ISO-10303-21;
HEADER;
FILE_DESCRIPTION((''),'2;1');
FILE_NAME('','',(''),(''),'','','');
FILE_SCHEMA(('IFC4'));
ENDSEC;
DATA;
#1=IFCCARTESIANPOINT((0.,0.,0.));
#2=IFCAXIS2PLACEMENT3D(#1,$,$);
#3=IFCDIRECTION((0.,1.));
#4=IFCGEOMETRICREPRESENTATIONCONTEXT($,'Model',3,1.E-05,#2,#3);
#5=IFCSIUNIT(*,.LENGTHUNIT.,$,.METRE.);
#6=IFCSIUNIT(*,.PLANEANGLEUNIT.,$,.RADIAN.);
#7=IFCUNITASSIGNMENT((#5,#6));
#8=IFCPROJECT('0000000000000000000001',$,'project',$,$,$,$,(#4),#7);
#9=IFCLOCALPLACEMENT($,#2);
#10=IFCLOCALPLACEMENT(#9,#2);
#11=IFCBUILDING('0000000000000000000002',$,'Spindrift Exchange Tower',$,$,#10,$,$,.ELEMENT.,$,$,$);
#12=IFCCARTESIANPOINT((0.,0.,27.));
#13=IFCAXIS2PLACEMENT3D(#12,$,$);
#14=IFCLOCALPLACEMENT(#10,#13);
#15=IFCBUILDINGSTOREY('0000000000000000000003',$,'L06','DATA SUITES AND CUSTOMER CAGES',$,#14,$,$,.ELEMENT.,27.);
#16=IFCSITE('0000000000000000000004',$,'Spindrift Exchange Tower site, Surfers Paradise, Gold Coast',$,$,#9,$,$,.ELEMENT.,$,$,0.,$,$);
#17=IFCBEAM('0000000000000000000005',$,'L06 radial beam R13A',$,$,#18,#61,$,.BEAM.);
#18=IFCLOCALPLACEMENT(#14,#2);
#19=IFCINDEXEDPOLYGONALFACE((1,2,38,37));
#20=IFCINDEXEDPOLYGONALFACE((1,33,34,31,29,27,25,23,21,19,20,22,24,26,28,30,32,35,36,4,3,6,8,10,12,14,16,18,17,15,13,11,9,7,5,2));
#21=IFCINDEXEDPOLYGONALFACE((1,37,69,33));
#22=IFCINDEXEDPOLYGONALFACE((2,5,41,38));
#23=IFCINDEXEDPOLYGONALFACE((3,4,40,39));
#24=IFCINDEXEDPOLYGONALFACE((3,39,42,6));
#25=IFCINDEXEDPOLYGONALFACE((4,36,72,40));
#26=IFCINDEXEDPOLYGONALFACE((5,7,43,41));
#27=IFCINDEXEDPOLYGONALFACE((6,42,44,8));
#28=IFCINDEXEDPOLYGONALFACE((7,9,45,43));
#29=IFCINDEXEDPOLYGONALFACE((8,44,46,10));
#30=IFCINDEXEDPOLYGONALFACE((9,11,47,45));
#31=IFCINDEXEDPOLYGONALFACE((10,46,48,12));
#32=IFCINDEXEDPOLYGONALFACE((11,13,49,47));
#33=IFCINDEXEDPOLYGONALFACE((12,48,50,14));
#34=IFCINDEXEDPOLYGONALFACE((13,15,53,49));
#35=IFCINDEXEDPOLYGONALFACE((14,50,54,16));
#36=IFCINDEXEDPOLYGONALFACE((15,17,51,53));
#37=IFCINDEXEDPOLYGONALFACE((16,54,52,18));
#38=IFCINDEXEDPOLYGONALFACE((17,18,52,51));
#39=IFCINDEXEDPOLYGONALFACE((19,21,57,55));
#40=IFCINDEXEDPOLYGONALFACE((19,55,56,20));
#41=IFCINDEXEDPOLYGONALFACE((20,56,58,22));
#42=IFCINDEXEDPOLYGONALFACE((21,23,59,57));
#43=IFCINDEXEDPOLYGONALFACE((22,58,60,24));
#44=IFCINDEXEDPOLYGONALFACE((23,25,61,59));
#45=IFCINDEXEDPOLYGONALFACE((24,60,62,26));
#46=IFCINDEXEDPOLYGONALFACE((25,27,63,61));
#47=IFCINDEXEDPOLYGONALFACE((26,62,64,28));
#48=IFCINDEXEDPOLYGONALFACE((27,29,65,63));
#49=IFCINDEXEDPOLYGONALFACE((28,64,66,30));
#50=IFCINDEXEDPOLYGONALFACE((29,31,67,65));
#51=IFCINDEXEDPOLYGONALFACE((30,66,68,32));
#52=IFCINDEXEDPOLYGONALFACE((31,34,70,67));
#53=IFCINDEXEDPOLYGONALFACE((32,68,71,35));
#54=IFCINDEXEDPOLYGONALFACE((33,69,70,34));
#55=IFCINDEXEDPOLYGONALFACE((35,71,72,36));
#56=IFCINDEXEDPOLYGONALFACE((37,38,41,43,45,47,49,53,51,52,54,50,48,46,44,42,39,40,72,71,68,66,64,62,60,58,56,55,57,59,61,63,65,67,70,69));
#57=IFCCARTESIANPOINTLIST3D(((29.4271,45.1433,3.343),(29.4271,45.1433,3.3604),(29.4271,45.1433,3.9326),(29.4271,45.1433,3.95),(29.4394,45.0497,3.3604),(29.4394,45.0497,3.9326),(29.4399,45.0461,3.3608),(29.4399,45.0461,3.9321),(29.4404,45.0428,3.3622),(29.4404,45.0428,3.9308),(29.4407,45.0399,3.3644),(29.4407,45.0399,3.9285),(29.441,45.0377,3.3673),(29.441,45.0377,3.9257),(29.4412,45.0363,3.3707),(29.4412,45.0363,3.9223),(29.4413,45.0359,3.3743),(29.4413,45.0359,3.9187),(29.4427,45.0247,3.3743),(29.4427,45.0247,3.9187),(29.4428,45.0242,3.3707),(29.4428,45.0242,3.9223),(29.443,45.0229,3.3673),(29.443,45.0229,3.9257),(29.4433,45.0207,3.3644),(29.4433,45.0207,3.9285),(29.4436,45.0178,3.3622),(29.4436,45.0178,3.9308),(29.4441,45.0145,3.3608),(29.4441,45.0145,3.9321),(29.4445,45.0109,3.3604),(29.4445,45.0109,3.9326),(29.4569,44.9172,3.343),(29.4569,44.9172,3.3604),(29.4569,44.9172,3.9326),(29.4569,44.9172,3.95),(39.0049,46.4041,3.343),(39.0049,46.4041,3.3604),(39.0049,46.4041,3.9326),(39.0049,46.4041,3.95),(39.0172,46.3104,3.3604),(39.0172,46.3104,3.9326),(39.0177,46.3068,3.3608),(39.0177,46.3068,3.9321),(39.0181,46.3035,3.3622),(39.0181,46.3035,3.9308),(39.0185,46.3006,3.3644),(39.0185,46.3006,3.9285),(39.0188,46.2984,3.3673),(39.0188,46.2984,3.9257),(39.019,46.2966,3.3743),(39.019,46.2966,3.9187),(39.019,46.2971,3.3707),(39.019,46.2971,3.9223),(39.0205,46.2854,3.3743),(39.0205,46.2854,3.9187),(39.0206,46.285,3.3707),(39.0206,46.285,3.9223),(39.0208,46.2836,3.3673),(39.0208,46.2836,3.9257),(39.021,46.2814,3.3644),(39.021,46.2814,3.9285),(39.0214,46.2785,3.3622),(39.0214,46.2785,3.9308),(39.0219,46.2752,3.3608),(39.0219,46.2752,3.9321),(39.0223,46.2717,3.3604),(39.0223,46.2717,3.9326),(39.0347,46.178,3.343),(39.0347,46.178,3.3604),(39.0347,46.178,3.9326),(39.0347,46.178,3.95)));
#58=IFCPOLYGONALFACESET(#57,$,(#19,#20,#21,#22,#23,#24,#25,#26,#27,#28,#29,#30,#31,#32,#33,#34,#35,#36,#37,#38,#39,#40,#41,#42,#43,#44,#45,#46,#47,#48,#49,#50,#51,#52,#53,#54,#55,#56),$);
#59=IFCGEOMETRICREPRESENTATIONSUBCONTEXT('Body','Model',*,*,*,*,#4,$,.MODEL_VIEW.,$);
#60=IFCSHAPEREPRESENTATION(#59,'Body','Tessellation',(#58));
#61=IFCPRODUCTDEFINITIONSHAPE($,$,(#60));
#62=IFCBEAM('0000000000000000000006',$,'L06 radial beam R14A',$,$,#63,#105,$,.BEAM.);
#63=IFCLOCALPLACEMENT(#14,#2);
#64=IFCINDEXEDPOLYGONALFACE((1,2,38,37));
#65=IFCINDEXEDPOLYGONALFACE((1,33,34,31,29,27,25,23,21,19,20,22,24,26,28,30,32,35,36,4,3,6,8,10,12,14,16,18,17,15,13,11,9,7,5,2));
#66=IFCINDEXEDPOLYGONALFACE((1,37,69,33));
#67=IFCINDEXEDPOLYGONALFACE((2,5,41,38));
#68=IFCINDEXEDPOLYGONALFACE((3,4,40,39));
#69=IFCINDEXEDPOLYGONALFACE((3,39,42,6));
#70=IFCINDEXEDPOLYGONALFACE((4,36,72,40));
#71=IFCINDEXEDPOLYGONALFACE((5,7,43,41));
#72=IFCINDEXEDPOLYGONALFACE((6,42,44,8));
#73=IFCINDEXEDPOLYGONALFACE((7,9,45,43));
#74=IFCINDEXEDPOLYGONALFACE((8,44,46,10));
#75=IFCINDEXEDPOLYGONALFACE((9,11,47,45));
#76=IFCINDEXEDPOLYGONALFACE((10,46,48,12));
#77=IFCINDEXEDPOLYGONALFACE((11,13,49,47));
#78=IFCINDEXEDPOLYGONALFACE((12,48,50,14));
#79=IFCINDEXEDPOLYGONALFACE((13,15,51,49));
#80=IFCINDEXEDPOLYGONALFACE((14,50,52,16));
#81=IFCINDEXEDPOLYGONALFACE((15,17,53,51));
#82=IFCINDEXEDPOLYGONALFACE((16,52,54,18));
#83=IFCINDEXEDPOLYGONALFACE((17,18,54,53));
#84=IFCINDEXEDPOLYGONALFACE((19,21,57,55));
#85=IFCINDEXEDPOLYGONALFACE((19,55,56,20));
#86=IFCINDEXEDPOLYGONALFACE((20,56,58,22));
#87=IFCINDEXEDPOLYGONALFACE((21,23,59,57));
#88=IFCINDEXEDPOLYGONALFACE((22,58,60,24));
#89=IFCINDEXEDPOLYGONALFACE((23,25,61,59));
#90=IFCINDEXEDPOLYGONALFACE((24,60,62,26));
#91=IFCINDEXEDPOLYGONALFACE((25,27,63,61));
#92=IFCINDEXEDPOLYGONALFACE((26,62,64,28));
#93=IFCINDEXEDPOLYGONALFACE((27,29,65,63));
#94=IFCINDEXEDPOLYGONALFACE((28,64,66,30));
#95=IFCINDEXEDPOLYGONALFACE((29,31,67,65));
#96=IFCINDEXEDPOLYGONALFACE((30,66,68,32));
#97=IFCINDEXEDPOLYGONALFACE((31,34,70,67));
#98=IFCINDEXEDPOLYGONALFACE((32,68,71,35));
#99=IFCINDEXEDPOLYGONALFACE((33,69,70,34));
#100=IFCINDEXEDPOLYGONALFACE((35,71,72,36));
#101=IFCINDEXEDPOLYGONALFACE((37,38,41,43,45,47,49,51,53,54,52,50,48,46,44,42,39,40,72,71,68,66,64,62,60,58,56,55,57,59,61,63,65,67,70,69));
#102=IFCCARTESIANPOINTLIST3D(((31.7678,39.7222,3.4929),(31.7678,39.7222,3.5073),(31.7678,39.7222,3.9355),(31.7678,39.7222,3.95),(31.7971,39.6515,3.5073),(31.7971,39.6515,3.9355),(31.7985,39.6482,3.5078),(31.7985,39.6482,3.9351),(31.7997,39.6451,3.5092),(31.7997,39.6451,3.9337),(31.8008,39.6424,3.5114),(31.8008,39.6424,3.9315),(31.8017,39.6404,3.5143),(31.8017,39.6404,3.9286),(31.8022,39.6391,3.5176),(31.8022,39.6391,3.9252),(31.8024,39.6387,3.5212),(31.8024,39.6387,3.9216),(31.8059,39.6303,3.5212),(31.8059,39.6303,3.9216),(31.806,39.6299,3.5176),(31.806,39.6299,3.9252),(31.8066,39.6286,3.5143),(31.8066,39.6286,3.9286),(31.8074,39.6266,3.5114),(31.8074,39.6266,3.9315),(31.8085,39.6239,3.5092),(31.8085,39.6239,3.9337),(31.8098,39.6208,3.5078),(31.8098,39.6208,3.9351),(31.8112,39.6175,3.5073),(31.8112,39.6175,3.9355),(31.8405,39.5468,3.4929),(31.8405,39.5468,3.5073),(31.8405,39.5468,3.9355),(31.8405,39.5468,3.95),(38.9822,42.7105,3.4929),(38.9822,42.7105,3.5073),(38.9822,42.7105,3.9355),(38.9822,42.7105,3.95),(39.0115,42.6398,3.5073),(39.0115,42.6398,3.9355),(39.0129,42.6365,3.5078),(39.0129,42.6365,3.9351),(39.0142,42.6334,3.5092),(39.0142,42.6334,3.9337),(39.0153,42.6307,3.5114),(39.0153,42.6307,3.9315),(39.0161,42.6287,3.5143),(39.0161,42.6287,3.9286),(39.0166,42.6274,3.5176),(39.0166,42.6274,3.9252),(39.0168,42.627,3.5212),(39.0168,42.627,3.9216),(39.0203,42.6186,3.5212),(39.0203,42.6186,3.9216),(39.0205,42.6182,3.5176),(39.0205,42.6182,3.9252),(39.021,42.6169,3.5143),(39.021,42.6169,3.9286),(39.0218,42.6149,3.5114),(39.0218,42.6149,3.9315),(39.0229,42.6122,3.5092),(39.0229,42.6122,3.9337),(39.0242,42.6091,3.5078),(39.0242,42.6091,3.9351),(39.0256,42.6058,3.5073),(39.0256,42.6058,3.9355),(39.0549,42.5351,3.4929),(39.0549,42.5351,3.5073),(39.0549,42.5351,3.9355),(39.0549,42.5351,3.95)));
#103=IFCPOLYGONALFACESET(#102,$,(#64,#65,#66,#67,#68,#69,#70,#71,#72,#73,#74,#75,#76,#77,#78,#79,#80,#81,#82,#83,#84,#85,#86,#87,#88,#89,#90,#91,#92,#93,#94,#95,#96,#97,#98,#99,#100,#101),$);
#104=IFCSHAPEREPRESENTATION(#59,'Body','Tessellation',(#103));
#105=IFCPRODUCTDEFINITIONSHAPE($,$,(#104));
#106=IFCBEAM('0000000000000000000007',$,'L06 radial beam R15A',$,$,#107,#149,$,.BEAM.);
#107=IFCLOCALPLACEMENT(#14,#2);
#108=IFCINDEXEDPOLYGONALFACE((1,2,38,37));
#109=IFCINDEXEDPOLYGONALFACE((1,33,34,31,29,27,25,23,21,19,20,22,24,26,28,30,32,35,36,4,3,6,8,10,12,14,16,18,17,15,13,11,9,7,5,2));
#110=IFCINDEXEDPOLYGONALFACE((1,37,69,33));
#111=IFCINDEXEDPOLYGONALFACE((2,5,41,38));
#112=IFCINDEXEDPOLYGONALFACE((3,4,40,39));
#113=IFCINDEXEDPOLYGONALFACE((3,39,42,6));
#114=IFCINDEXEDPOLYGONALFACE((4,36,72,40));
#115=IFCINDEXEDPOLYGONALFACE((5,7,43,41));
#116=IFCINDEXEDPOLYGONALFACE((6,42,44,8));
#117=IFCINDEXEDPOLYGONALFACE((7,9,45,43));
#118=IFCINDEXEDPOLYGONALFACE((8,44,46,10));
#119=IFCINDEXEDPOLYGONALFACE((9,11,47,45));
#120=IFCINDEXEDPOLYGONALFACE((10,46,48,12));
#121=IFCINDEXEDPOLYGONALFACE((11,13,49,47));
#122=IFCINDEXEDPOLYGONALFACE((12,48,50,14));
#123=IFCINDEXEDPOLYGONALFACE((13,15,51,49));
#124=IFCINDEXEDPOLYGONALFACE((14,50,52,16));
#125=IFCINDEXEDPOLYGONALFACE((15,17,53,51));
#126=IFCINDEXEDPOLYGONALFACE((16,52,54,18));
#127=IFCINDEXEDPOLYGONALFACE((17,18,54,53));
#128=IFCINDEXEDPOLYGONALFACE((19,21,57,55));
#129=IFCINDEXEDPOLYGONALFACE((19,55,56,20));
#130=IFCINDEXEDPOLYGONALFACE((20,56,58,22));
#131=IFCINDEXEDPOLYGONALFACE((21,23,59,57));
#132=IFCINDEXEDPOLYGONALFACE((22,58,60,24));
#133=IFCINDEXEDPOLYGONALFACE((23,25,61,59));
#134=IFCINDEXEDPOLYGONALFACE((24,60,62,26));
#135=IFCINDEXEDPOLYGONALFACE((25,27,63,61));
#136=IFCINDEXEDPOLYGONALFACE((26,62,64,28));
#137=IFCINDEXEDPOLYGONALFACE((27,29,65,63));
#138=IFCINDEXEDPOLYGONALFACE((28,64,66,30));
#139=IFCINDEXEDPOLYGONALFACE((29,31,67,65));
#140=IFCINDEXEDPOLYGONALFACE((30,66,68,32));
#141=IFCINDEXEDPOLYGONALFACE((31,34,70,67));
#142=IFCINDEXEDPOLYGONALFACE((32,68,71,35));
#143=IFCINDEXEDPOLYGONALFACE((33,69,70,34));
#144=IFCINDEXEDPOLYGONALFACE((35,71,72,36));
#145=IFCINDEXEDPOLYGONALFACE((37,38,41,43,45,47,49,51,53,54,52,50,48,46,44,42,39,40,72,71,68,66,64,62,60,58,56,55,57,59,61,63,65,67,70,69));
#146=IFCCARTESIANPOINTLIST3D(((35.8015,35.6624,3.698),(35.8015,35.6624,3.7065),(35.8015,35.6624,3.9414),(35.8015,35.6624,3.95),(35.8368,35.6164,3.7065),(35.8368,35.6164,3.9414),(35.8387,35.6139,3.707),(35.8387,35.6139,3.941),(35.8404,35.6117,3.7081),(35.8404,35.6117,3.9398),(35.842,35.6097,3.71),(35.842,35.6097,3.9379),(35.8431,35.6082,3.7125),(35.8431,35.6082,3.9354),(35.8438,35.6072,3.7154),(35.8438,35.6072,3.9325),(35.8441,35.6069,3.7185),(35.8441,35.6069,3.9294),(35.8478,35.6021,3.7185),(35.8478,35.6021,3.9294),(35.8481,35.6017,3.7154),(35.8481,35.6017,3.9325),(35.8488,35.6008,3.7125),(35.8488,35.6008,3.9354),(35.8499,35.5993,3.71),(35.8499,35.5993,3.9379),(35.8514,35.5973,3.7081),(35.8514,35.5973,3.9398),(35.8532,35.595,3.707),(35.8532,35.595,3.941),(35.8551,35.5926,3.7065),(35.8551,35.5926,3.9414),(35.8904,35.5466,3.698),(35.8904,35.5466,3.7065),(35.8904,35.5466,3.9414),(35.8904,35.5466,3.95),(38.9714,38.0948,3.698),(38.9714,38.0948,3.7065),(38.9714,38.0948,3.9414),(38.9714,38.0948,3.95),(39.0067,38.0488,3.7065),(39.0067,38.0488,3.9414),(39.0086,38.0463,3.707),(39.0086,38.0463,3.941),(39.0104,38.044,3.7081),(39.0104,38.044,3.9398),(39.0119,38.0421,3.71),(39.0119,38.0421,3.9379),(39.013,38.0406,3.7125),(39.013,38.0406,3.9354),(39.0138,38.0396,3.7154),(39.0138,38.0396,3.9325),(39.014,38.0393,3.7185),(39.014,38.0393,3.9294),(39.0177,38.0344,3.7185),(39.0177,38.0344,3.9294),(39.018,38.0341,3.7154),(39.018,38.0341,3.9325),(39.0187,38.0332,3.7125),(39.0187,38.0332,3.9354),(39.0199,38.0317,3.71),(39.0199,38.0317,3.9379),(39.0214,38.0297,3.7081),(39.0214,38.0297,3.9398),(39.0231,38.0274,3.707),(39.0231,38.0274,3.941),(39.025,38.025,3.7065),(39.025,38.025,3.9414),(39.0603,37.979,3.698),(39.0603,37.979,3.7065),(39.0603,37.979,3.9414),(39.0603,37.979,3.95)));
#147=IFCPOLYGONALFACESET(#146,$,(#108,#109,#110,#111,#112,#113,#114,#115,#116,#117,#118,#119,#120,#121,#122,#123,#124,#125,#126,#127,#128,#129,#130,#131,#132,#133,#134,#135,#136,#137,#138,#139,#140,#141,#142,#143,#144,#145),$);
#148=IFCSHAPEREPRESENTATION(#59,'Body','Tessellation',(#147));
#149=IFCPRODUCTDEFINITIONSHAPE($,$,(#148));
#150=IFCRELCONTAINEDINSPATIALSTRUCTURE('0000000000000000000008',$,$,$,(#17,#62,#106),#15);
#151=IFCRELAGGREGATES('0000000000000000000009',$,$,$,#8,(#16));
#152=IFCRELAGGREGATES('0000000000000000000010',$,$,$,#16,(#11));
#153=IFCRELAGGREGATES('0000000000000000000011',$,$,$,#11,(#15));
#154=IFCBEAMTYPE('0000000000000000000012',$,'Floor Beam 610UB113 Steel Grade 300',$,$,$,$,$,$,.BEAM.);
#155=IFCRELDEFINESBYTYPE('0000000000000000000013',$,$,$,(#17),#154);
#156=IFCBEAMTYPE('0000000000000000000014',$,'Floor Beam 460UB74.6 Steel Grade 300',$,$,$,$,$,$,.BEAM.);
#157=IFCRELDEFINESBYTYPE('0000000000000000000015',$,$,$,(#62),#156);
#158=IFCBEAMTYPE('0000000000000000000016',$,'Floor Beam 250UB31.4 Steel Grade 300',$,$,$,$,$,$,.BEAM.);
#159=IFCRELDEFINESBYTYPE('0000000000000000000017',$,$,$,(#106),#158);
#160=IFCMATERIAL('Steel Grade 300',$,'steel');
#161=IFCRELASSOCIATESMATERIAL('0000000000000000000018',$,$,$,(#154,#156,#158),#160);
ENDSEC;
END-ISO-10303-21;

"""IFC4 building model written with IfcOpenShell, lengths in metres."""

from ifc_helpers import new_model, si_unit, direction, frame, origin, origin_2d, place, context, subcontext, project, spatial, i_section, extrude, source, transform, mapped, material, material_profile, profile_set, type_object, element, save


model = new_model("IFC4")

# Units and contexts
model_context = context("Model", 3, precision=1e-05, world=origin(), true_north=direction((0.0, 1.0)))
body_context = subcontext(model_context, "Body", "Model", "MODEL_VIEW")
ifc_project = project(units=[si_unit("LENGTHUNIT", "METRE"), si_unit("PLANEANGLEUNIT", "RADIAN")], contexts=[model_context])

# Site, building, storey
site_placement = place(None, origin())
site = spatial("IfcSite", under=ifc_project, at=site_placement, Name="Spindrift Exchange Tower site, Surfers Paradise, Gold Coast", CompositionType="ELEMENT", RefElevation=0.0)
building_placement = place(site_placement, origin())
building = spatial("IfcBuilding", under=site, at=building_placement, Name="Spindrift Exchange Tower", CompositionType="ELEMENT")
storey_placement = place(building_placement, frame((0.0, 0.0, 27.0)))
storey = spatial("IfcBuildingStorey", under=building, at=storey_placement, Name="L06", Description="DATA SUITES AND CUSTOMER CAGES", CompositionType="ELEMENT", Elevation=27.0)

# Beams
ifc_material_1 = material(Name="Steel Grade 300", Category="steel")
ifc_material_profile_1 = material_profile(ifc_material_1, i_section(OverallWidth=0.228, OverallDepth=0.6069, WebThickness=0.0112, FlangeThickness=0.0173, FilletRadius=0.0139, at=origin_2d()), Name="610UB113")
ifc_profile_set_1 = profile_set([ifc_material_profile_1], Name="Steel Grade 300")
beam_type_1 = type_object("IfcBeamType", Name="Floor Beam 610UB113 Steel Grade 300", PredefinedType="BEAM", material=ifc_profile_set_1)
shared_shape_1 = source(origin(), body_context, "Body", "SweptSolid", [
    extrude(i_section(OverallWidth=0.228, OverallDepth=0.6069, WebThickness=0.0112, FlangeThickness=0.0173, FilletRadius=0.0139, at=origin_2d()), origin(), (0.0, 0.0, 1.0), 9.6604),
])
beam_1_placement = place(storey_placement, frame((39.0198, 46.291, 3.6465), z_axis=(-0.991448, -0.130505, 0.0), x_axis=(0.130505, -0.991448, 0.0)))
element("IfcBeam", 1, at=beam_1_placement, inside=storey, type_object=beam_type_1, Name="L06 radial beam R13A", PredefinedType="BEAM", context=body_context, shape_type="MappedRepresentation", body=[
    mapped(shared_shape_1, transform((0.0, 0.0, 0.0), scale=1.0)),
])
ifc_material_profile_2 = material_profile(ifc_material_1, i_section(OverallWidth=0.1899, OverallDepth=0.457, WebThickness=0.009, FlangeThickness=0.0144, FilletRadius=0.0139, at=origin_2d()), Name="460UB74.6")
ifc_profile_set_2 = profile_set([ifc_material_profile_2], Name="Steel Grade 300")
beam_type_2 = type_object("IfcBeamType", Name="Floor Beam 460UB74.6 Steel Grade 300", PredefinedType="BEAM", material=ifc_profile_set_2)
shared_shape_2 = source(origin(), body_context, "Body", "SweptSolid", [
    extrude(i_section(OverallWidth=0.1899, OverallDepth=0.457, WebThickness=0.009, FlangeThickness=0.0144, FilletRadius=0.0139, at=origin_2d()), origin(), (0.0, 0.0, 1.0), 7.8088),
])
beam_2_placement = place(storey_placement, frame((39.0186, 42.6228, 3.7214), z_axis=(-0.92388, -0.382683, 0.0), x_axis=(0.382683, -0.92388, 0.0)))
element("IfcBeam", 2, at=beam_2_placement, inside=storey, type_object=beam_type_2, Name="L06 radial beam R14A", PredefinedType="BEAM", context=body_context, shape_type="MappedRepresentation", body=[
    mapped(shared_shape_2, transform((0.0, 0.0, 0.0), scale=1.0)),
])
ifc_material_profile_3 = material_profile(ifc_material_1, i_section(OverallWidth=0.146, OverallDepth=0.252, WebThickness=0.0061, FlangeThickness=0.0085, FilletRadius=0.012, at=origin_2d()), Name="250UB31.4")
ifc_profile_set_3 = profile_set([ifc_material_profile_3], Name="Steel Grade 300")
beam_type_3 = type_object("IfcBeamType", Name="Floor Beam 250UB31.4 Steel Grade 300", PredefinedType="BEAM", material=ifc_profile_set_3)
shared_shape_3 = source(origin(), body_context, "Body", "SweptSolid", [
    extrude(i_section(OverallWidth=0.146, OverallDepth=0.252, WebThickness=0.0061, FlangeThickness=0.0085, FilletRadius=0.012, at=origin_2d()), origin(), (0.0, 0.0, 1.0), 3.9956),
])
beam_3_placement = place(storey_placement, frame((39.0159, 38.0369, 3.824), z_axis=(-0.793353, -0.608762, 0.0), x_axis=(0.608762, -0.793353, 0.0)))
element("IfcBeam", 3, at=beam_3_placement, inside=storey, type_object=beam_type_3, Name="L06 radial beam R15A", PredefinedType="BEAM", context=body_context, shape_type="MappedRepresentation", body=[
    mapped(shared_shape_3, transform((0.0, 0.0, 0.0), scale=1.0)),
])

save(model, "model.ifc")
